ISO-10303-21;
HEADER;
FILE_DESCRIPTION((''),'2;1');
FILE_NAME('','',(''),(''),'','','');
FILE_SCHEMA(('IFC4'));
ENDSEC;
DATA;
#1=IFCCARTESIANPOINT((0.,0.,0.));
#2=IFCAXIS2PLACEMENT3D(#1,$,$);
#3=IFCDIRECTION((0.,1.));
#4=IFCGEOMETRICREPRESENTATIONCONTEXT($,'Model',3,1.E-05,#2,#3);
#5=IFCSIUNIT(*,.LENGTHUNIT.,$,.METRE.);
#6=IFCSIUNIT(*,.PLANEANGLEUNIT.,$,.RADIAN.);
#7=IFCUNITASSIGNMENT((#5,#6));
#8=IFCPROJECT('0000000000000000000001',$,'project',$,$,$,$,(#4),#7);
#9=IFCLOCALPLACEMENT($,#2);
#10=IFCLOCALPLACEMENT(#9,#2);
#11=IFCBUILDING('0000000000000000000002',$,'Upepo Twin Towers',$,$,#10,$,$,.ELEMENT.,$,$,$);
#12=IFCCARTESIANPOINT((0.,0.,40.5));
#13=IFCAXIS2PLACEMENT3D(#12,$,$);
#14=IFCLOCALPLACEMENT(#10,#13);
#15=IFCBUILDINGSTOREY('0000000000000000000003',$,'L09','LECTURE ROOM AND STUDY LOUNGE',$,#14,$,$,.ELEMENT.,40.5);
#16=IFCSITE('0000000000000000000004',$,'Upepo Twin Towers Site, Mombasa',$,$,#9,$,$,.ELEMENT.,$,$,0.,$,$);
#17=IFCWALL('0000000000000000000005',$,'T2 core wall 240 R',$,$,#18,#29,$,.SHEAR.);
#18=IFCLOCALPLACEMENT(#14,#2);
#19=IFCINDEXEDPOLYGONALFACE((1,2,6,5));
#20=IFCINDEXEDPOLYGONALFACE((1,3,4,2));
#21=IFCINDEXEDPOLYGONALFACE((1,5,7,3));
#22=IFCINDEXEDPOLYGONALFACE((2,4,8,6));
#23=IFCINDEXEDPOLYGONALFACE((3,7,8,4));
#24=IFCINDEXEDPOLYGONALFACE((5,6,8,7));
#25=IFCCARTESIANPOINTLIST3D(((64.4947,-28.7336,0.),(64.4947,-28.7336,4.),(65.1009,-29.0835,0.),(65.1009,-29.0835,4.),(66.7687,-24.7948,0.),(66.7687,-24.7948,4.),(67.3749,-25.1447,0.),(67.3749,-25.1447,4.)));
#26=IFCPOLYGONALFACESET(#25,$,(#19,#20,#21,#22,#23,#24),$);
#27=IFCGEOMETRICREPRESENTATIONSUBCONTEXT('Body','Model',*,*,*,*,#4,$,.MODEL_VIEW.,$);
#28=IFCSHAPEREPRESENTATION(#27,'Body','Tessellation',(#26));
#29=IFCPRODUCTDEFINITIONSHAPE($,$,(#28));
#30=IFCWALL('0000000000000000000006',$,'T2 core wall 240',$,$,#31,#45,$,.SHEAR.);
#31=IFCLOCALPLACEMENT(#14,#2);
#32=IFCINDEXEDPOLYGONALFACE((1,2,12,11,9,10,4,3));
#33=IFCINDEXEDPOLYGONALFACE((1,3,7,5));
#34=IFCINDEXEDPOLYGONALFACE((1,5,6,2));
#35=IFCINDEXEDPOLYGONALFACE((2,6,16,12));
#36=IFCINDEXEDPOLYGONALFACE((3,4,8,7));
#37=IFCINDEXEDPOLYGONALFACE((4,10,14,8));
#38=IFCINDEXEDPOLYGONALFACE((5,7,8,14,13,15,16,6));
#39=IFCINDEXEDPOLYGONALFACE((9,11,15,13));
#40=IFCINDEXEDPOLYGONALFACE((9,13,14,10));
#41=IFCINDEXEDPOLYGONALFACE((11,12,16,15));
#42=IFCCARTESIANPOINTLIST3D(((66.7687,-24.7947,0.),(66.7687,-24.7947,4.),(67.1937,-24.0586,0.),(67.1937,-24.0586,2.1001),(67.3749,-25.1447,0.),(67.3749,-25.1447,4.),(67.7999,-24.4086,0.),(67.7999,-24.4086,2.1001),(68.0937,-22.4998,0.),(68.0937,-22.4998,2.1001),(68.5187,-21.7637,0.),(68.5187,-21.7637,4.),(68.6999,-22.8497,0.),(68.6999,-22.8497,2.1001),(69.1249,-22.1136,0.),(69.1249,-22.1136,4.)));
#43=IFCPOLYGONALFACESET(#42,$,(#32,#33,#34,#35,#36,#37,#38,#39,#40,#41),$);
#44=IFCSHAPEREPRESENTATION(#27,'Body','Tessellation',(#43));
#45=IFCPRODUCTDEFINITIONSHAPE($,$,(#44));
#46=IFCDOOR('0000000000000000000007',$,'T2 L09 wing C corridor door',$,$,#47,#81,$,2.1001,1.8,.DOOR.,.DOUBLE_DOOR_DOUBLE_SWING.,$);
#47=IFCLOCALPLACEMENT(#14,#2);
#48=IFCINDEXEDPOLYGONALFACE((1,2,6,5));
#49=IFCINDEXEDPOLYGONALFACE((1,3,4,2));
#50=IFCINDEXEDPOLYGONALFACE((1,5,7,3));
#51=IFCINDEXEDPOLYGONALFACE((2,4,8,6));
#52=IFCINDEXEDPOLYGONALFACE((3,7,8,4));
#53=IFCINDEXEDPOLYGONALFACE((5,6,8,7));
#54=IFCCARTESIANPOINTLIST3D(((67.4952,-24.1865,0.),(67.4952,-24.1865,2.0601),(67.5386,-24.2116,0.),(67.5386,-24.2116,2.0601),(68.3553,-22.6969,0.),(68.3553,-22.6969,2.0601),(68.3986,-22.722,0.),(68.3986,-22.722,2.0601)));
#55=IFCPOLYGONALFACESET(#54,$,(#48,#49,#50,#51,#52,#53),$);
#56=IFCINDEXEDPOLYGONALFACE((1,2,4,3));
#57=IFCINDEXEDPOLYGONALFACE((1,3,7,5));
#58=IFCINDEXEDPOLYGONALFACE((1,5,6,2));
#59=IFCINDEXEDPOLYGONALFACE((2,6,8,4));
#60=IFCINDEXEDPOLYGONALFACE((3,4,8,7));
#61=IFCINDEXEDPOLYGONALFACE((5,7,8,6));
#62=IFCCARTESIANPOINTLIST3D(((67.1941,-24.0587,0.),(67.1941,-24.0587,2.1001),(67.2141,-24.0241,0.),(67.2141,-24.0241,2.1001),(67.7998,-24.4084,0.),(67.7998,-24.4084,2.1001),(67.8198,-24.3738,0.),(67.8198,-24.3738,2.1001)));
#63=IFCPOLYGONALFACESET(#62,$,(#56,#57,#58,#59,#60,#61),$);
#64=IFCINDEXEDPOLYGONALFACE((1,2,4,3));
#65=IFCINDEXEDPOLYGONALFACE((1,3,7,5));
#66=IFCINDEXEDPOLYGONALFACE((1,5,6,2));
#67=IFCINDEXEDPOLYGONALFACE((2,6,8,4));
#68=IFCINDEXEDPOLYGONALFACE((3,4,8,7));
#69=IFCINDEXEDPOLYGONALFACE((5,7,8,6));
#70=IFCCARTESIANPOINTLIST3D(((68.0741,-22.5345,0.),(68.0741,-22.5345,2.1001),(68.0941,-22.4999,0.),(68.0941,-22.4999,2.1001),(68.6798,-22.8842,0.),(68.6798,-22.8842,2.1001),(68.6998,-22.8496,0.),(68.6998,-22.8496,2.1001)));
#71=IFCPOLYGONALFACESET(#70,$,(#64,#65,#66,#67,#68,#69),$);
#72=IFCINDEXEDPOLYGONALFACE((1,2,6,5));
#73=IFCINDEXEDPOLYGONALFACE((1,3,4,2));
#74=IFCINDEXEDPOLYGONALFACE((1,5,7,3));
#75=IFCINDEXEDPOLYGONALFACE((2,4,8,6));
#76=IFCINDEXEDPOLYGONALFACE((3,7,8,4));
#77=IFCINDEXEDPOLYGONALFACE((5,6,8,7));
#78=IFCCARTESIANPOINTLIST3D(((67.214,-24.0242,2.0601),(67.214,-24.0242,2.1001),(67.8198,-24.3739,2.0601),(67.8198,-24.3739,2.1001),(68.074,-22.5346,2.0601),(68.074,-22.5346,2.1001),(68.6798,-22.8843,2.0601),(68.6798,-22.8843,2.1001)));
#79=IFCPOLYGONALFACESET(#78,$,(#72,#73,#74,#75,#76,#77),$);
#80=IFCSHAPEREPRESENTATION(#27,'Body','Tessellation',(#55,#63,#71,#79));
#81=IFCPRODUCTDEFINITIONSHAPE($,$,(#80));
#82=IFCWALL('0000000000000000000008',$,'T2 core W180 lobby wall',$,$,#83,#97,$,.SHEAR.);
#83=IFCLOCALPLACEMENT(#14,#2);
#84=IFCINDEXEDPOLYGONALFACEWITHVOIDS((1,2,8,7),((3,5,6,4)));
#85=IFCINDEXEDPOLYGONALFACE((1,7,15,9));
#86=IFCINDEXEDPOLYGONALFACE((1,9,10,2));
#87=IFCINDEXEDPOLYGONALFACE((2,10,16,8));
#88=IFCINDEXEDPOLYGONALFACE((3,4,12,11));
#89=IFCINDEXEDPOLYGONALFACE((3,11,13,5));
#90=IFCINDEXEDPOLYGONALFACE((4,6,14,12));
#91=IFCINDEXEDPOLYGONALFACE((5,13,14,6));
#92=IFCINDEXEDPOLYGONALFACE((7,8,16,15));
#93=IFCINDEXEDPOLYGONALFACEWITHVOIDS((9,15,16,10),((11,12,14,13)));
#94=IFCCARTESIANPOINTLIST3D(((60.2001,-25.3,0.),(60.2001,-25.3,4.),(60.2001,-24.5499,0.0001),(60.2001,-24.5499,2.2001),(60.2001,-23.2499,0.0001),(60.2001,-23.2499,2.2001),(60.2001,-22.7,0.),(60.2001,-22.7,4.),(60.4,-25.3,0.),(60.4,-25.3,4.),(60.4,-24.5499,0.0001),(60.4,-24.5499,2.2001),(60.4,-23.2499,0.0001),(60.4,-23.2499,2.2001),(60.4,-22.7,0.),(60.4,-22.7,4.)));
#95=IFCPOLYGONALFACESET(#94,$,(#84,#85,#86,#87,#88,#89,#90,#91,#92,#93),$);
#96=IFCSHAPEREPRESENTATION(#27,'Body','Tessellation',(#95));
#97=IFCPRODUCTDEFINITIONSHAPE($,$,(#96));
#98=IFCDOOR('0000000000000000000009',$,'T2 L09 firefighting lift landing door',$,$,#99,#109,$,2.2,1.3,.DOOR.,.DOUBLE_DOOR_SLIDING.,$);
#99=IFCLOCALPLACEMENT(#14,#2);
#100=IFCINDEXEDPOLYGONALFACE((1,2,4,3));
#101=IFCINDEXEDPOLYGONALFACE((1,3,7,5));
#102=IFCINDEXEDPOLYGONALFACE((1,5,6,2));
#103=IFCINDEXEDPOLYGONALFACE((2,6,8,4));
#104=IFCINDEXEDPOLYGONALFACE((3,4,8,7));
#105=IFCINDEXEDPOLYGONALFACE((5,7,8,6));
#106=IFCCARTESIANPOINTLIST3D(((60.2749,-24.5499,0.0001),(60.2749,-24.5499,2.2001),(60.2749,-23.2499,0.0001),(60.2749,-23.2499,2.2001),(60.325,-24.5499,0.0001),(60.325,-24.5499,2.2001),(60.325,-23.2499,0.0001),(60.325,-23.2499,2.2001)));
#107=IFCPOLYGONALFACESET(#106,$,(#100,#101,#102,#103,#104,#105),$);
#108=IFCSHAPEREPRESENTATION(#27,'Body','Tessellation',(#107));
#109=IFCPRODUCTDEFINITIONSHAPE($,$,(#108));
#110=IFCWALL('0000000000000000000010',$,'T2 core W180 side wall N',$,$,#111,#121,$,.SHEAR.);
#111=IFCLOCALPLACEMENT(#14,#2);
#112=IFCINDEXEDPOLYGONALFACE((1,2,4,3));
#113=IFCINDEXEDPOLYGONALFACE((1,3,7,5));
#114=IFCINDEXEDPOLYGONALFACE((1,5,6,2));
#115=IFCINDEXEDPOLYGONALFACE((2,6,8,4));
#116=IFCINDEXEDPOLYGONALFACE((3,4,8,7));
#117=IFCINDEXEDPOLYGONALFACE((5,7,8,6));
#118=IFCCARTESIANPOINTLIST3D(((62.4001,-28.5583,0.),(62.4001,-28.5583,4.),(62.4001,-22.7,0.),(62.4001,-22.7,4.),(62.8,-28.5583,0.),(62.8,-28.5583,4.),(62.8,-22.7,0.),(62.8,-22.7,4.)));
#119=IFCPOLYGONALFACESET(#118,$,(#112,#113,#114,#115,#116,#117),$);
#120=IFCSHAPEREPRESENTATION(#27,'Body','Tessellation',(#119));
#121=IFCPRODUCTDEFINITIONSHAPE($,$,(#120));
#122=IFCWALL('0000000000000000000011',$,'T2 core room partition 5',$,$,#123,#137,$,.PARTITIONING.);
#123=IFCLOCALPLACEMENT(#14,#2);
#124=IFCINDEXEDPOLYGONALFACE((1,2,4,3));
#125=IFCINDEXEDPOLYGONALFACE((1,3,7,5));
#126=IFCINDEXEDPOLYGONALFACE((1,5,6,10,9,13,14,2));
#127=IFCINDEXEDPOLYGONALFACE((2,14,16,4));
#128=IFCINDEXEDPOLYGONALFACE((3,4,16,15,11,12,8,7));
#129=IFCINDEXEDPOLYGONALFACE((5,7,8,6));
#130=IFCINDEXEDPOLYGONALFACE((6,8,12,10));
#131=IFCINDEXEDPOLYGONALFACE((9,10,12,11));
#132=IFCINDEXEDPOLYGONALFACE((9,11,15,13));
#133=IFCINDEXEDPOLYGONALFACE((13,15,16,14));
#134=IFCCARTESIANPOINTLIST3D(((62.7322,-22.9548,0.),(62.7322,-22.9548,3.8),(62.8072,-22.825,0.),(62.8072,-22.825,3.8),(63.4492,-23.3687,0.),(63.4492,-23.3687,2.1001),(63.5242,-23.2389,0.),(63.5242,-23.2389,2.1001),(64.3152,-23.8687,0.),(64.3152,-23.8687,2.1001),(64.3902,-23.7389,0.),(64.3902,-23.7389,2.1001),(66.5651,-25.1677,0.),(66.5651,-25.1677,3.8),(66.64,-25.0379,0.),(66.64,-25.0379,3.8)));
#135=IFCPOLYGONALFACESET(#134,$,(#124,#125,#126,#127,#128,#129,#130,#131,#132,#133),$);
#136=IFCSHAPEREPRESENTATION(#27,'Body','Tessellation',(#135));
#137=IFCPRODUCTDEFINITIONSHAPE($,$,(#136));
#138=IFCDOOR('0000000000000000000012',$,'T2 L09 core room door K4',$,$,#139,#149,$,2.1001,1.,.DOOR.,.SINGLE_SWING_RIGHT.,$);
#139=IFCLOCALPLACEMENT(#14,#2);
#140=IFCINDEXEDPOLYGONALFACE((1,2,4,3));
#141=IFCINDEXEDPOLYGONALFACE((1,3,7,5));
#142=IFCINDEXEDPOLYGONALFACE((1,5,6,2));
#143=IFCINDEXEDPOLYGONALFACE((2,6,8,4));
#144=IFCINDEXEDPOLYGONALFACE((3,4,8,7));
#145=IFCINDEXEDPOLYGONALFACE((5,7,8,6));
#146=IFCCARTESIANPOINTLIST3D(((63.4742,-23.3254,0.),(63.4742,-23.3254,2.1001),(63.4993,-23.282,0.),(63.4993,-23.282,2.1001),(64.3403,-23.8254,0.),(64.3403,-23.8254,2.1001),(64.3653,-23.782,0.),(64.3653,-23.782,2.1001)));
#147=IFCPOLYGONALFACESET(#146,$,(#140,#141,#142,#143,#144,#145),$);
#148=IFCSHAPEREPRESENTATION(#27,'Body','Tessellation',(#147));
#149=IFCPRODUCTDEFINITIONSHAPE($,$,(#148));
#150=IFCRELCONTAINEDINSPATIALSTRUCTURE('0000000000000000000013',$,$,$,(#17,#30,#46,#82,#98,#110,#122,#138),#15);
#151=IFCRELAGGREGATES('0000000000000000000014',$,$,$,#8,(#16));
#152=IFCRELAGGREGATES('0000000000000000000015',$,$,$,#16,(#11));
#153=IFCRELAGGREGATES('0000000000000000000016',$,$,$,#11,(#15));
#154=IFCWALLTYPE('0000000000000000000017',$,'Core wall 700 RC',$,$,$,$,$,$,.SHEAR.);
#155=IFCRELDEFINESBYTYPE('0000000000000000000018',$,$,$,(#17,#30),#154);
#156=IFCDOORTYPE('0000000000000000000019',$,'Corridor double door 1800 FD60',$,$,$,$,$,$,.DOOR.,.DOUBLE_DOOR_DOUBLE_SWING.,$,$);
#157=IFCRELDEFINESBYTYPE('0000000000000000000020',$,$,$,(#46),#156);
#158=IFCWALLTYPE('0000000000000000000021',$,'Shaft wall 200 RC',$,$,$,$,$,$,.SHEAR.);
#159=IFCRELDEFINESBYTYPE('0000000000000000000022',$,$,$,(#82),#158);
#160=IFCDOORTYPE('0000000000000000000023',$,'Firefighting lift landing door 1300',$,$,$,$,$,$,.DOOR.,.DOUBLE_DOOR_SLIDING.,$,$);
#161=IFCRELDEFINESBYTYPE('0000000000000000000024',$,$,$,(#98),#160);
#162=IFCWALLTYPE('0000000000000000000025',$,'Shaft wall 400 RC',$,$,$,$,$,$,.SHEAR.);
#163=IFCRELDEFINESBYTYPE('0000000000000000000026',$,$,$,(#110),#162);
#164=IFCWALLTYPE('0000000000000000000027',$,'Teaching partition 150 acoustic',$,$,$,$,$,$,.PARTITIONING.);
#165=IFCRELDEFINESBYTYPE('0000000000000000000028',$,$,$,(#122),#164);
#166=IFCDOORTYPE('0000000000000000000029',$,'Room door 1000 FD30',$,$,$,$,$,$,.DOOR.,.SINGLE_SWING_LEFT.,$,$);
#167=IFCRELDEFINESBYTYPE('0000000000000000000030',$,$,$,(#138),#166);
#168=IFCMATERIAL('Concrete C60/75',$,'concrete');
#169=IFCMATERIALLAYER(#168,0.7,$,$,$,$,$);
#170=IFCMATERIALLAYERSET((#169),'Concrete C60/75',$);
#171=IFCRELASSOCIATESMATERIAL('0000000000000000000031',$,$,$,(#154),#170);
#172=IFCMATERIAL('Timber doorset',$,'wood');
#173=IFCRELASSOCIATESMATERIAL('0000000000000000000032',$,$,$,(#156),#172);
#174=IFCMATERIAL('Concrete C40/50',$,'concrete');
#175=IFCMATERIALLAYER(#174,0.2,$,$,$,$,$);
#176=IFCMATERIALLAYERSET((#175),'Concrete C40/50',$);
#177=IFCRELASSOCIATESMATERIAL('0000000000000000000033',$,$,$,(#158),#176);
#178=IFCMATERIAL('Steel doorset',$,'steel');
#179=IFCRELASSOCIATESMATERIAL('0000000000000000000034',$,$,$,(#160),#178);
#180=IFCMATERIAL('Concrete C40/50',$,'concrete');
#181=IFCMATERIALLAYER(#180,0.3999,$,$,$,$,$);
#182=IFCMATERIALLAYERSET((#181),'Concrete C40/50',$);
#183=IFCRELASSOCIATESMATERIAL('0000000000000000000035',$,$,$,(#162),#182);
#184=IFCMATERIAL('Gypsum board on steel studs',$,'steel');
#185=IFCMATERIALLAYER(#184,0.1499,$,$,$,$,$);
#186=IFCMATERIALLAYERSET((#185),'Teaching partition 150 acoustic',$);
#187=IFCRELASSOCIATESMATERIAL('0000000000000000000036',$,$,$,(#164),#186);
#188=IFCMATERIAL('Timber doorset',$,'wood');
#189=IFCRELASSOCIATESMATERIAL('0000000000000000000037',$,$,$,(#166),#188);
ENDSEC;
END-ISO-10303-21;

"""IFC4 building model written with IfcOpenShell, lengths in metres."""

from ifc_helpers import new_model, si_unit, direction, frame, frame_2d, origin, place, context, subcontext, project, spatial, rectangle, extrude, material, layer, layer_set, type_object, element, fill, save


model = new_model("IFC4")

# Units and contexts
model_context = context("Model", 3, precision=1e-05, world=origin(), true_north=direction((0.0, 1.0)))
body_context = subcontext(model_context, "Body", "Model", "MODEL_VIEW")
ifc_project = project(units=[si_unit("LENGTHUNIT", "METRE"), si_unit("PLANEANGLEUNIT", "RADIAN")], contexts=[model_context])

# Site, building, storey
site_placement = place(None, origin())
site = spatial("IfcSite", under=ifc_project, at=site_placement, Name="Upepo Twin Towers Site, Mombasa", CompositionType="ELEMENT", RefElevation=0.0)
building_placement = place(site_placement, origin())
building = spatial("IfcBuilding", under=site, at=building_placement, Name="Upepo Twin Towers", CompositionType="ELEMENT")
storey_placement = place(building_placement, frame((0.0, 0.0, 40.5)))
storey = spatial("IfcBuildingStorey", under=building, at=storey_placement, Name="L09", Description="LECTURE ROOM AND STUDY LOUNGE", CompositionType="ELEMENT", Elevation=40.5)

# Wall
ifc_material_1 = material(Name="Concrete C60/75", Category="concrete")
ifc_layer_1 = layer(ifc_material_1, 0.7)
ifc_layer_set_1 = layer_set([ifc_layer_1], Name="Concrete C60/75")
wall_type_1 = type_object("IfcWallType", Name="Core wall 700 RC", PredefinedType="SHEAR", material=ifc_layer_set_1)
wall_1_placement = place(storey_placement, frame((64.7979, -28.9084, 0.0), z_axis=(0.0, 0.0, 1.0), x_axis=(0.499984, 0.866035, 0.0)))
element("IfcWall", 1, at=wall_1_placement, inside=storey, type_object=wall_type_1, Name="T2 core wall 240 R", PredefinedType="SHEAR", context=body_context, shape_type="SweptSolid", body=[
    extrude(rectangle(XDim=4.5481, YDim=0.7, at=frame_2d((2.2739, 0.0))), origin(), (0.0, 0.0, 1.0), 4.0),
])

# Walls, openings, doors
wall_2_placement = place(storey_placement, frame((67.0718, -24.9697, 0.0), z_axis=(0.0, 0.0, 1.0), x_axis=(0.50001, 0.866019, 0.0)))
wall_2 = element("IfcWall", 2, at=wall_2_placement, inside=storey, type_object=wall_type_1, Name="T2 core wall 240", PredefinedType="SHEAR", context=body_context, shape_type="SweptSolid", body=[
    extrude(rectangle(XDim=3.5, YDim=0.7, at=frame_2d((1.75, 0.0))), origin(), (0.0, 0.0, 1.0), 4.0),
])
opening_1_placement = place(wall_2_placement, frame((0.8501, 0.0, 0.0)))
opening_1 = element("IfcOpeningElement", 3, at=opening_1_placement, cuts=wall_2, PredefinedType="OPENING", context=body_context, shape_type="SweptSolid", body=[
    extrude(rectangle(XDim=1.8, YDim=2.1001, at=frame_2d((0.8999, 1.05))), frame((0.0, 0.3599, 0.0), z_axis=(0.0, -1.0, 0.0), x_axis=(1.0, 0.0, 0.0)), (0.0, 0.0, 1.0), 0.72),
])
ifc_material_2 = material(Name="Timber doorset", Category="wood")
door_type_1 = type_object("IfcDoorType", Name="Corridor double door 1800 FD60", OperationType="DOUBLE_DOOR_DOUBLE_SWING", PredefinedType="DOOR", material=ifc_material_2)
door_1_placement = place(opening_1_placement, origin())
door_1 = element("IfcDoor", 4, at=door_1_placement, inside=storey, type_object=door_type_1, Name="T2 L09 wing C corridor door", OperationType="DOUBLE_DOOR_DOUBLE_SWING", OverallHeight=2.1001, OverallWidth=1.8, PredefinedType="DOOR", context=body_context, shape_type="SweptSolid", body=[
    extrude(rectangle(XDim=1.72, YDim=2.0601, at=frame_2d((0.8999, 1.03))), frame((0.0, 0.0249, 0.0), z_axis=(0.0, -1.0, 0.0), x_axis=(1.0, 0.0, 0.0)), (0.0, 0.0, 1.0), 0.05),
    extrude(rectangle(XDim=0.04, YDim=2.1001, at=frame_2d((0.02, 1.05))), frame((0.0, 0.3496, 0.0), z_axis=(0.0, -1.0, 0.0), x_axis=(1.0, 0.0, 0.0)), (0.0, 0.0, 1.0), 0.6995),
    extrude(rectangle(XDim=0.04, YDim=2.1001, at=frame_2d((1.78, 1.05))), frame((0.0, 0.3496, 0.0), z_axis=(0.0, -1.0, 0.0), x_axis=(1.0, 0.0, 0.0)), (0.0, 0.0, 1.0), 0.6995),
    extrude(rectangle(XDim=1.72, YDim=0.04, at=frame_2d((0.8999, 2.0801))), frame((0.0, 0.3496, 0.0), z_axis=(0.0, -1.0, 0.0), x_axis=(1.0, 0.0, 0.0)), (0.0, 0.0, 1.0), 0.6995),
])
fill(opening_1, door_1)
ifc_material_3 = material(Name="Concrete C40/50", Category="concrete")
ifc_layer_2 = layer(ifc_material_3, 0.2)
ifc_layer_set_2 = layer_set([ifc_layer_2], Name="Concrete C40/50")
wall_type_2 = type_object("IfcWallType", Name="Shaft wall 200 RC", PredefinedType="SHEAR", material=ifc_layer_set_2)
wall_3_placement = place(storey_placement, frame((60.3, -22.7, 0.0), z_axis=(0.0, 0.0, 1.0), x_axis=(0.0, -1.0, 0.0)))
wall_3 = element("IfcWall", 5, at=wall_3_placement, inside=storey, type_object=wall_type_2, Name="T2 core W180 lobby wall", PredefinedType="SHEAR", context=body_context, shape_type="SweptSolid", body=[
    extrude(rectangle(XDim=2.6001, YDim=0.2, at=frame_2d((1.3, 0.0))), origin(), (0.0, 0.0, 1.0), 4.0),
])
opening_2_placement = place(wall_3_placement, frame((0.55, 0.0, 0.0)))
opening_2 = element("IfcOpeningElement", 6, at=opening_2_placement, cuts=wall_3, PredefinedType="OPENING", context=body_context, shape_type="SweptSolid", body=[
    extrude(rectangle(XDim=1.3, YDim=2.2, at=frame_2d((0.6499, 1.1001))), frame((0.0, 0.1099, 0.0), z_axis=(0.0, -1.0, 0.0), x_axis=(1.0, 0.0, 0.0)), (0.0, 0.0, 1.0), 0.22),
])
ifc_material_4 = material(Name="Steel doorset", Category="steel")
door_type_2 = type_object("IfcDoorType", Name="Firefighting lift landing door 1300", OperationType="DOUBLE_DOOR_SLIDING", PredefinedType="DOOR", material=ifc_material_4)
door_2_placement = place(opening_2_placement, origin())
door_2 = element("IfcDoor", 7, at=door_2_placement, inside=storey, type_object=door_type_2, Name="T2 L09 firefighting lift landing door", OperationType="DOUBLE_DOOR_SLIDING", OverallHeight=2.2, OverallWidth=1.3, PredefinedType="DOOR", context=body_context, shape_type="SweptSolid", body=[
    extrude(rectangle(XDim=1.3, YDim=2.2, at=frame_2d((0.6499, 1.1001))), frame((0.0, 0.0249, 0.0), z_axis=(0.0, -1.0, 0.0), x_axis=(1.0, 0.0, 0.0)), (0.0, 0.0, 1.0), 0.05),
])
fill(opening_2, door_2)

# Wall
ifc_material_5 = material(Name="Concrete C40/50", Category="concrete")
ifc_layer_3 = layer(ifc_material_5, 0.3999)
ifc_layer_set_3 = layer_set([ifc_layer_3], Name="Concrete C40/50")
wall_type_3 = type_object("IfcWallType", Name="Shaft wall 400 RC", PredefinedType="SHEAR", material=ifc_layer_set_3)
wall_4_placement = place(storey_placement, frame((62.6001, -22.7, 0.0), z_axis=(0.0, 0.0, 1.0), x_axis=(0.0, -1.0, 0.0)))
element("IfcWall", 8, at=wall_4_placement, inside=storey, type_object=wall_type_3, Name="T2 core W180 side wall N", PredefinedType="SHEAR", context=body_context, shape_type="SweptSolid", body=[
    extrude(rectangle(XDim=5.8584, YDim=0.3999, at=frame_2d((2.9292, 0.0))), origin(), (0.0, 0.0, 1.0), 4.0),
])

# Wall, opening, door
ifc_material_6 = material(Name="Gypsum board on steel studs", Category="steel")
ifc_layer_4 = layer(ifc_material_6, 0.1499)
ifc_layer_set_4 = layer_set([ifc_layer_4], Name="Teaching partition 150 acoustic")
wall_type_4 = type_object("IfcWallType", Name="Teaching partition 150 acoustic", PredefinedType="PARTITIONING", material=ifc_layer_set_4)
wall_5_placement = place(storey_placement, frame((66.6025, -25.1028, 0.0), z_axis=(0.0, 0.0, 1.0), x_axis=(-0.866021, 0.500007, 0.0)))
wall_5 = element("IfcWall", 9, at=wall_5_placement, inside=storey, type_object=wall_type_4, Name="T2 core room partition 5", PredefinedType="PARTITIONING", context=body_context, shape_type="SweptSolid", body=[
    extrude(rectangle(XDim=4.4258, YDim=0.1499, at=frame_2d((2.2129, 0.0))), origin(), (0.0, 0.0, 1.0), 3.8),
])
opening_3_placement = place(wall_5_placement, frame((2.5979, 0.0, 0.0)))
opening_3 = element("IfcOpeningElement", 10, at=opening_3_placement, cuts=wall_5, PredefinedType="OPENING", context=body_context, shape_type="SweptSolid", body=[
    extrude(rectangle(XDim=1.0, YDim=2.1001, at=frame_2d((0.5, 1.05))), frame((0.0, 0.085, 0.0), z_axis=(0.0, -1.0, 0.0), x_axis=(1.0, 0.0, 0.0)), (0.0, 0.0, 1.0), 0.1699),
])
ifc_material_7 = material(Name="Timber doorset", Category="wood")
door_type_3 = type_object("IfcDoorType", Name="Room door 1000 FD30", OperationType="SINGLE_SWING_LEFT", PredefinedType="DOOR", material=ifc_material_7)
door_3_placement = place(opening_3_placement, origin())
door_3 = element("IfcDoor", 11, at=door_3_placement, inside=storey, type_object=door_type_3, Name="T2 L09 core room door K4", OperationType="SINGLE_SWING_RIGHT", OverallHeight=2.1001, OverallWidth=1.0, PredefinedType="DOOR", context=body_context, shape_type="SweptSolid", body=[
    extrude(rectangle(XDim=1.0, YDim=2.1001, at=frame_2d((0.5, 1.05))), frame((0.0, 0.0249, 0.0), z_axis=(0.0, -1.0, 0.0), x_axis=(1.0, 0.0, 0.0)), (0.0, 0.0, 1.0), 0.05),
])
fill(opening_3, door_3)

save(model, "model.ifc")
